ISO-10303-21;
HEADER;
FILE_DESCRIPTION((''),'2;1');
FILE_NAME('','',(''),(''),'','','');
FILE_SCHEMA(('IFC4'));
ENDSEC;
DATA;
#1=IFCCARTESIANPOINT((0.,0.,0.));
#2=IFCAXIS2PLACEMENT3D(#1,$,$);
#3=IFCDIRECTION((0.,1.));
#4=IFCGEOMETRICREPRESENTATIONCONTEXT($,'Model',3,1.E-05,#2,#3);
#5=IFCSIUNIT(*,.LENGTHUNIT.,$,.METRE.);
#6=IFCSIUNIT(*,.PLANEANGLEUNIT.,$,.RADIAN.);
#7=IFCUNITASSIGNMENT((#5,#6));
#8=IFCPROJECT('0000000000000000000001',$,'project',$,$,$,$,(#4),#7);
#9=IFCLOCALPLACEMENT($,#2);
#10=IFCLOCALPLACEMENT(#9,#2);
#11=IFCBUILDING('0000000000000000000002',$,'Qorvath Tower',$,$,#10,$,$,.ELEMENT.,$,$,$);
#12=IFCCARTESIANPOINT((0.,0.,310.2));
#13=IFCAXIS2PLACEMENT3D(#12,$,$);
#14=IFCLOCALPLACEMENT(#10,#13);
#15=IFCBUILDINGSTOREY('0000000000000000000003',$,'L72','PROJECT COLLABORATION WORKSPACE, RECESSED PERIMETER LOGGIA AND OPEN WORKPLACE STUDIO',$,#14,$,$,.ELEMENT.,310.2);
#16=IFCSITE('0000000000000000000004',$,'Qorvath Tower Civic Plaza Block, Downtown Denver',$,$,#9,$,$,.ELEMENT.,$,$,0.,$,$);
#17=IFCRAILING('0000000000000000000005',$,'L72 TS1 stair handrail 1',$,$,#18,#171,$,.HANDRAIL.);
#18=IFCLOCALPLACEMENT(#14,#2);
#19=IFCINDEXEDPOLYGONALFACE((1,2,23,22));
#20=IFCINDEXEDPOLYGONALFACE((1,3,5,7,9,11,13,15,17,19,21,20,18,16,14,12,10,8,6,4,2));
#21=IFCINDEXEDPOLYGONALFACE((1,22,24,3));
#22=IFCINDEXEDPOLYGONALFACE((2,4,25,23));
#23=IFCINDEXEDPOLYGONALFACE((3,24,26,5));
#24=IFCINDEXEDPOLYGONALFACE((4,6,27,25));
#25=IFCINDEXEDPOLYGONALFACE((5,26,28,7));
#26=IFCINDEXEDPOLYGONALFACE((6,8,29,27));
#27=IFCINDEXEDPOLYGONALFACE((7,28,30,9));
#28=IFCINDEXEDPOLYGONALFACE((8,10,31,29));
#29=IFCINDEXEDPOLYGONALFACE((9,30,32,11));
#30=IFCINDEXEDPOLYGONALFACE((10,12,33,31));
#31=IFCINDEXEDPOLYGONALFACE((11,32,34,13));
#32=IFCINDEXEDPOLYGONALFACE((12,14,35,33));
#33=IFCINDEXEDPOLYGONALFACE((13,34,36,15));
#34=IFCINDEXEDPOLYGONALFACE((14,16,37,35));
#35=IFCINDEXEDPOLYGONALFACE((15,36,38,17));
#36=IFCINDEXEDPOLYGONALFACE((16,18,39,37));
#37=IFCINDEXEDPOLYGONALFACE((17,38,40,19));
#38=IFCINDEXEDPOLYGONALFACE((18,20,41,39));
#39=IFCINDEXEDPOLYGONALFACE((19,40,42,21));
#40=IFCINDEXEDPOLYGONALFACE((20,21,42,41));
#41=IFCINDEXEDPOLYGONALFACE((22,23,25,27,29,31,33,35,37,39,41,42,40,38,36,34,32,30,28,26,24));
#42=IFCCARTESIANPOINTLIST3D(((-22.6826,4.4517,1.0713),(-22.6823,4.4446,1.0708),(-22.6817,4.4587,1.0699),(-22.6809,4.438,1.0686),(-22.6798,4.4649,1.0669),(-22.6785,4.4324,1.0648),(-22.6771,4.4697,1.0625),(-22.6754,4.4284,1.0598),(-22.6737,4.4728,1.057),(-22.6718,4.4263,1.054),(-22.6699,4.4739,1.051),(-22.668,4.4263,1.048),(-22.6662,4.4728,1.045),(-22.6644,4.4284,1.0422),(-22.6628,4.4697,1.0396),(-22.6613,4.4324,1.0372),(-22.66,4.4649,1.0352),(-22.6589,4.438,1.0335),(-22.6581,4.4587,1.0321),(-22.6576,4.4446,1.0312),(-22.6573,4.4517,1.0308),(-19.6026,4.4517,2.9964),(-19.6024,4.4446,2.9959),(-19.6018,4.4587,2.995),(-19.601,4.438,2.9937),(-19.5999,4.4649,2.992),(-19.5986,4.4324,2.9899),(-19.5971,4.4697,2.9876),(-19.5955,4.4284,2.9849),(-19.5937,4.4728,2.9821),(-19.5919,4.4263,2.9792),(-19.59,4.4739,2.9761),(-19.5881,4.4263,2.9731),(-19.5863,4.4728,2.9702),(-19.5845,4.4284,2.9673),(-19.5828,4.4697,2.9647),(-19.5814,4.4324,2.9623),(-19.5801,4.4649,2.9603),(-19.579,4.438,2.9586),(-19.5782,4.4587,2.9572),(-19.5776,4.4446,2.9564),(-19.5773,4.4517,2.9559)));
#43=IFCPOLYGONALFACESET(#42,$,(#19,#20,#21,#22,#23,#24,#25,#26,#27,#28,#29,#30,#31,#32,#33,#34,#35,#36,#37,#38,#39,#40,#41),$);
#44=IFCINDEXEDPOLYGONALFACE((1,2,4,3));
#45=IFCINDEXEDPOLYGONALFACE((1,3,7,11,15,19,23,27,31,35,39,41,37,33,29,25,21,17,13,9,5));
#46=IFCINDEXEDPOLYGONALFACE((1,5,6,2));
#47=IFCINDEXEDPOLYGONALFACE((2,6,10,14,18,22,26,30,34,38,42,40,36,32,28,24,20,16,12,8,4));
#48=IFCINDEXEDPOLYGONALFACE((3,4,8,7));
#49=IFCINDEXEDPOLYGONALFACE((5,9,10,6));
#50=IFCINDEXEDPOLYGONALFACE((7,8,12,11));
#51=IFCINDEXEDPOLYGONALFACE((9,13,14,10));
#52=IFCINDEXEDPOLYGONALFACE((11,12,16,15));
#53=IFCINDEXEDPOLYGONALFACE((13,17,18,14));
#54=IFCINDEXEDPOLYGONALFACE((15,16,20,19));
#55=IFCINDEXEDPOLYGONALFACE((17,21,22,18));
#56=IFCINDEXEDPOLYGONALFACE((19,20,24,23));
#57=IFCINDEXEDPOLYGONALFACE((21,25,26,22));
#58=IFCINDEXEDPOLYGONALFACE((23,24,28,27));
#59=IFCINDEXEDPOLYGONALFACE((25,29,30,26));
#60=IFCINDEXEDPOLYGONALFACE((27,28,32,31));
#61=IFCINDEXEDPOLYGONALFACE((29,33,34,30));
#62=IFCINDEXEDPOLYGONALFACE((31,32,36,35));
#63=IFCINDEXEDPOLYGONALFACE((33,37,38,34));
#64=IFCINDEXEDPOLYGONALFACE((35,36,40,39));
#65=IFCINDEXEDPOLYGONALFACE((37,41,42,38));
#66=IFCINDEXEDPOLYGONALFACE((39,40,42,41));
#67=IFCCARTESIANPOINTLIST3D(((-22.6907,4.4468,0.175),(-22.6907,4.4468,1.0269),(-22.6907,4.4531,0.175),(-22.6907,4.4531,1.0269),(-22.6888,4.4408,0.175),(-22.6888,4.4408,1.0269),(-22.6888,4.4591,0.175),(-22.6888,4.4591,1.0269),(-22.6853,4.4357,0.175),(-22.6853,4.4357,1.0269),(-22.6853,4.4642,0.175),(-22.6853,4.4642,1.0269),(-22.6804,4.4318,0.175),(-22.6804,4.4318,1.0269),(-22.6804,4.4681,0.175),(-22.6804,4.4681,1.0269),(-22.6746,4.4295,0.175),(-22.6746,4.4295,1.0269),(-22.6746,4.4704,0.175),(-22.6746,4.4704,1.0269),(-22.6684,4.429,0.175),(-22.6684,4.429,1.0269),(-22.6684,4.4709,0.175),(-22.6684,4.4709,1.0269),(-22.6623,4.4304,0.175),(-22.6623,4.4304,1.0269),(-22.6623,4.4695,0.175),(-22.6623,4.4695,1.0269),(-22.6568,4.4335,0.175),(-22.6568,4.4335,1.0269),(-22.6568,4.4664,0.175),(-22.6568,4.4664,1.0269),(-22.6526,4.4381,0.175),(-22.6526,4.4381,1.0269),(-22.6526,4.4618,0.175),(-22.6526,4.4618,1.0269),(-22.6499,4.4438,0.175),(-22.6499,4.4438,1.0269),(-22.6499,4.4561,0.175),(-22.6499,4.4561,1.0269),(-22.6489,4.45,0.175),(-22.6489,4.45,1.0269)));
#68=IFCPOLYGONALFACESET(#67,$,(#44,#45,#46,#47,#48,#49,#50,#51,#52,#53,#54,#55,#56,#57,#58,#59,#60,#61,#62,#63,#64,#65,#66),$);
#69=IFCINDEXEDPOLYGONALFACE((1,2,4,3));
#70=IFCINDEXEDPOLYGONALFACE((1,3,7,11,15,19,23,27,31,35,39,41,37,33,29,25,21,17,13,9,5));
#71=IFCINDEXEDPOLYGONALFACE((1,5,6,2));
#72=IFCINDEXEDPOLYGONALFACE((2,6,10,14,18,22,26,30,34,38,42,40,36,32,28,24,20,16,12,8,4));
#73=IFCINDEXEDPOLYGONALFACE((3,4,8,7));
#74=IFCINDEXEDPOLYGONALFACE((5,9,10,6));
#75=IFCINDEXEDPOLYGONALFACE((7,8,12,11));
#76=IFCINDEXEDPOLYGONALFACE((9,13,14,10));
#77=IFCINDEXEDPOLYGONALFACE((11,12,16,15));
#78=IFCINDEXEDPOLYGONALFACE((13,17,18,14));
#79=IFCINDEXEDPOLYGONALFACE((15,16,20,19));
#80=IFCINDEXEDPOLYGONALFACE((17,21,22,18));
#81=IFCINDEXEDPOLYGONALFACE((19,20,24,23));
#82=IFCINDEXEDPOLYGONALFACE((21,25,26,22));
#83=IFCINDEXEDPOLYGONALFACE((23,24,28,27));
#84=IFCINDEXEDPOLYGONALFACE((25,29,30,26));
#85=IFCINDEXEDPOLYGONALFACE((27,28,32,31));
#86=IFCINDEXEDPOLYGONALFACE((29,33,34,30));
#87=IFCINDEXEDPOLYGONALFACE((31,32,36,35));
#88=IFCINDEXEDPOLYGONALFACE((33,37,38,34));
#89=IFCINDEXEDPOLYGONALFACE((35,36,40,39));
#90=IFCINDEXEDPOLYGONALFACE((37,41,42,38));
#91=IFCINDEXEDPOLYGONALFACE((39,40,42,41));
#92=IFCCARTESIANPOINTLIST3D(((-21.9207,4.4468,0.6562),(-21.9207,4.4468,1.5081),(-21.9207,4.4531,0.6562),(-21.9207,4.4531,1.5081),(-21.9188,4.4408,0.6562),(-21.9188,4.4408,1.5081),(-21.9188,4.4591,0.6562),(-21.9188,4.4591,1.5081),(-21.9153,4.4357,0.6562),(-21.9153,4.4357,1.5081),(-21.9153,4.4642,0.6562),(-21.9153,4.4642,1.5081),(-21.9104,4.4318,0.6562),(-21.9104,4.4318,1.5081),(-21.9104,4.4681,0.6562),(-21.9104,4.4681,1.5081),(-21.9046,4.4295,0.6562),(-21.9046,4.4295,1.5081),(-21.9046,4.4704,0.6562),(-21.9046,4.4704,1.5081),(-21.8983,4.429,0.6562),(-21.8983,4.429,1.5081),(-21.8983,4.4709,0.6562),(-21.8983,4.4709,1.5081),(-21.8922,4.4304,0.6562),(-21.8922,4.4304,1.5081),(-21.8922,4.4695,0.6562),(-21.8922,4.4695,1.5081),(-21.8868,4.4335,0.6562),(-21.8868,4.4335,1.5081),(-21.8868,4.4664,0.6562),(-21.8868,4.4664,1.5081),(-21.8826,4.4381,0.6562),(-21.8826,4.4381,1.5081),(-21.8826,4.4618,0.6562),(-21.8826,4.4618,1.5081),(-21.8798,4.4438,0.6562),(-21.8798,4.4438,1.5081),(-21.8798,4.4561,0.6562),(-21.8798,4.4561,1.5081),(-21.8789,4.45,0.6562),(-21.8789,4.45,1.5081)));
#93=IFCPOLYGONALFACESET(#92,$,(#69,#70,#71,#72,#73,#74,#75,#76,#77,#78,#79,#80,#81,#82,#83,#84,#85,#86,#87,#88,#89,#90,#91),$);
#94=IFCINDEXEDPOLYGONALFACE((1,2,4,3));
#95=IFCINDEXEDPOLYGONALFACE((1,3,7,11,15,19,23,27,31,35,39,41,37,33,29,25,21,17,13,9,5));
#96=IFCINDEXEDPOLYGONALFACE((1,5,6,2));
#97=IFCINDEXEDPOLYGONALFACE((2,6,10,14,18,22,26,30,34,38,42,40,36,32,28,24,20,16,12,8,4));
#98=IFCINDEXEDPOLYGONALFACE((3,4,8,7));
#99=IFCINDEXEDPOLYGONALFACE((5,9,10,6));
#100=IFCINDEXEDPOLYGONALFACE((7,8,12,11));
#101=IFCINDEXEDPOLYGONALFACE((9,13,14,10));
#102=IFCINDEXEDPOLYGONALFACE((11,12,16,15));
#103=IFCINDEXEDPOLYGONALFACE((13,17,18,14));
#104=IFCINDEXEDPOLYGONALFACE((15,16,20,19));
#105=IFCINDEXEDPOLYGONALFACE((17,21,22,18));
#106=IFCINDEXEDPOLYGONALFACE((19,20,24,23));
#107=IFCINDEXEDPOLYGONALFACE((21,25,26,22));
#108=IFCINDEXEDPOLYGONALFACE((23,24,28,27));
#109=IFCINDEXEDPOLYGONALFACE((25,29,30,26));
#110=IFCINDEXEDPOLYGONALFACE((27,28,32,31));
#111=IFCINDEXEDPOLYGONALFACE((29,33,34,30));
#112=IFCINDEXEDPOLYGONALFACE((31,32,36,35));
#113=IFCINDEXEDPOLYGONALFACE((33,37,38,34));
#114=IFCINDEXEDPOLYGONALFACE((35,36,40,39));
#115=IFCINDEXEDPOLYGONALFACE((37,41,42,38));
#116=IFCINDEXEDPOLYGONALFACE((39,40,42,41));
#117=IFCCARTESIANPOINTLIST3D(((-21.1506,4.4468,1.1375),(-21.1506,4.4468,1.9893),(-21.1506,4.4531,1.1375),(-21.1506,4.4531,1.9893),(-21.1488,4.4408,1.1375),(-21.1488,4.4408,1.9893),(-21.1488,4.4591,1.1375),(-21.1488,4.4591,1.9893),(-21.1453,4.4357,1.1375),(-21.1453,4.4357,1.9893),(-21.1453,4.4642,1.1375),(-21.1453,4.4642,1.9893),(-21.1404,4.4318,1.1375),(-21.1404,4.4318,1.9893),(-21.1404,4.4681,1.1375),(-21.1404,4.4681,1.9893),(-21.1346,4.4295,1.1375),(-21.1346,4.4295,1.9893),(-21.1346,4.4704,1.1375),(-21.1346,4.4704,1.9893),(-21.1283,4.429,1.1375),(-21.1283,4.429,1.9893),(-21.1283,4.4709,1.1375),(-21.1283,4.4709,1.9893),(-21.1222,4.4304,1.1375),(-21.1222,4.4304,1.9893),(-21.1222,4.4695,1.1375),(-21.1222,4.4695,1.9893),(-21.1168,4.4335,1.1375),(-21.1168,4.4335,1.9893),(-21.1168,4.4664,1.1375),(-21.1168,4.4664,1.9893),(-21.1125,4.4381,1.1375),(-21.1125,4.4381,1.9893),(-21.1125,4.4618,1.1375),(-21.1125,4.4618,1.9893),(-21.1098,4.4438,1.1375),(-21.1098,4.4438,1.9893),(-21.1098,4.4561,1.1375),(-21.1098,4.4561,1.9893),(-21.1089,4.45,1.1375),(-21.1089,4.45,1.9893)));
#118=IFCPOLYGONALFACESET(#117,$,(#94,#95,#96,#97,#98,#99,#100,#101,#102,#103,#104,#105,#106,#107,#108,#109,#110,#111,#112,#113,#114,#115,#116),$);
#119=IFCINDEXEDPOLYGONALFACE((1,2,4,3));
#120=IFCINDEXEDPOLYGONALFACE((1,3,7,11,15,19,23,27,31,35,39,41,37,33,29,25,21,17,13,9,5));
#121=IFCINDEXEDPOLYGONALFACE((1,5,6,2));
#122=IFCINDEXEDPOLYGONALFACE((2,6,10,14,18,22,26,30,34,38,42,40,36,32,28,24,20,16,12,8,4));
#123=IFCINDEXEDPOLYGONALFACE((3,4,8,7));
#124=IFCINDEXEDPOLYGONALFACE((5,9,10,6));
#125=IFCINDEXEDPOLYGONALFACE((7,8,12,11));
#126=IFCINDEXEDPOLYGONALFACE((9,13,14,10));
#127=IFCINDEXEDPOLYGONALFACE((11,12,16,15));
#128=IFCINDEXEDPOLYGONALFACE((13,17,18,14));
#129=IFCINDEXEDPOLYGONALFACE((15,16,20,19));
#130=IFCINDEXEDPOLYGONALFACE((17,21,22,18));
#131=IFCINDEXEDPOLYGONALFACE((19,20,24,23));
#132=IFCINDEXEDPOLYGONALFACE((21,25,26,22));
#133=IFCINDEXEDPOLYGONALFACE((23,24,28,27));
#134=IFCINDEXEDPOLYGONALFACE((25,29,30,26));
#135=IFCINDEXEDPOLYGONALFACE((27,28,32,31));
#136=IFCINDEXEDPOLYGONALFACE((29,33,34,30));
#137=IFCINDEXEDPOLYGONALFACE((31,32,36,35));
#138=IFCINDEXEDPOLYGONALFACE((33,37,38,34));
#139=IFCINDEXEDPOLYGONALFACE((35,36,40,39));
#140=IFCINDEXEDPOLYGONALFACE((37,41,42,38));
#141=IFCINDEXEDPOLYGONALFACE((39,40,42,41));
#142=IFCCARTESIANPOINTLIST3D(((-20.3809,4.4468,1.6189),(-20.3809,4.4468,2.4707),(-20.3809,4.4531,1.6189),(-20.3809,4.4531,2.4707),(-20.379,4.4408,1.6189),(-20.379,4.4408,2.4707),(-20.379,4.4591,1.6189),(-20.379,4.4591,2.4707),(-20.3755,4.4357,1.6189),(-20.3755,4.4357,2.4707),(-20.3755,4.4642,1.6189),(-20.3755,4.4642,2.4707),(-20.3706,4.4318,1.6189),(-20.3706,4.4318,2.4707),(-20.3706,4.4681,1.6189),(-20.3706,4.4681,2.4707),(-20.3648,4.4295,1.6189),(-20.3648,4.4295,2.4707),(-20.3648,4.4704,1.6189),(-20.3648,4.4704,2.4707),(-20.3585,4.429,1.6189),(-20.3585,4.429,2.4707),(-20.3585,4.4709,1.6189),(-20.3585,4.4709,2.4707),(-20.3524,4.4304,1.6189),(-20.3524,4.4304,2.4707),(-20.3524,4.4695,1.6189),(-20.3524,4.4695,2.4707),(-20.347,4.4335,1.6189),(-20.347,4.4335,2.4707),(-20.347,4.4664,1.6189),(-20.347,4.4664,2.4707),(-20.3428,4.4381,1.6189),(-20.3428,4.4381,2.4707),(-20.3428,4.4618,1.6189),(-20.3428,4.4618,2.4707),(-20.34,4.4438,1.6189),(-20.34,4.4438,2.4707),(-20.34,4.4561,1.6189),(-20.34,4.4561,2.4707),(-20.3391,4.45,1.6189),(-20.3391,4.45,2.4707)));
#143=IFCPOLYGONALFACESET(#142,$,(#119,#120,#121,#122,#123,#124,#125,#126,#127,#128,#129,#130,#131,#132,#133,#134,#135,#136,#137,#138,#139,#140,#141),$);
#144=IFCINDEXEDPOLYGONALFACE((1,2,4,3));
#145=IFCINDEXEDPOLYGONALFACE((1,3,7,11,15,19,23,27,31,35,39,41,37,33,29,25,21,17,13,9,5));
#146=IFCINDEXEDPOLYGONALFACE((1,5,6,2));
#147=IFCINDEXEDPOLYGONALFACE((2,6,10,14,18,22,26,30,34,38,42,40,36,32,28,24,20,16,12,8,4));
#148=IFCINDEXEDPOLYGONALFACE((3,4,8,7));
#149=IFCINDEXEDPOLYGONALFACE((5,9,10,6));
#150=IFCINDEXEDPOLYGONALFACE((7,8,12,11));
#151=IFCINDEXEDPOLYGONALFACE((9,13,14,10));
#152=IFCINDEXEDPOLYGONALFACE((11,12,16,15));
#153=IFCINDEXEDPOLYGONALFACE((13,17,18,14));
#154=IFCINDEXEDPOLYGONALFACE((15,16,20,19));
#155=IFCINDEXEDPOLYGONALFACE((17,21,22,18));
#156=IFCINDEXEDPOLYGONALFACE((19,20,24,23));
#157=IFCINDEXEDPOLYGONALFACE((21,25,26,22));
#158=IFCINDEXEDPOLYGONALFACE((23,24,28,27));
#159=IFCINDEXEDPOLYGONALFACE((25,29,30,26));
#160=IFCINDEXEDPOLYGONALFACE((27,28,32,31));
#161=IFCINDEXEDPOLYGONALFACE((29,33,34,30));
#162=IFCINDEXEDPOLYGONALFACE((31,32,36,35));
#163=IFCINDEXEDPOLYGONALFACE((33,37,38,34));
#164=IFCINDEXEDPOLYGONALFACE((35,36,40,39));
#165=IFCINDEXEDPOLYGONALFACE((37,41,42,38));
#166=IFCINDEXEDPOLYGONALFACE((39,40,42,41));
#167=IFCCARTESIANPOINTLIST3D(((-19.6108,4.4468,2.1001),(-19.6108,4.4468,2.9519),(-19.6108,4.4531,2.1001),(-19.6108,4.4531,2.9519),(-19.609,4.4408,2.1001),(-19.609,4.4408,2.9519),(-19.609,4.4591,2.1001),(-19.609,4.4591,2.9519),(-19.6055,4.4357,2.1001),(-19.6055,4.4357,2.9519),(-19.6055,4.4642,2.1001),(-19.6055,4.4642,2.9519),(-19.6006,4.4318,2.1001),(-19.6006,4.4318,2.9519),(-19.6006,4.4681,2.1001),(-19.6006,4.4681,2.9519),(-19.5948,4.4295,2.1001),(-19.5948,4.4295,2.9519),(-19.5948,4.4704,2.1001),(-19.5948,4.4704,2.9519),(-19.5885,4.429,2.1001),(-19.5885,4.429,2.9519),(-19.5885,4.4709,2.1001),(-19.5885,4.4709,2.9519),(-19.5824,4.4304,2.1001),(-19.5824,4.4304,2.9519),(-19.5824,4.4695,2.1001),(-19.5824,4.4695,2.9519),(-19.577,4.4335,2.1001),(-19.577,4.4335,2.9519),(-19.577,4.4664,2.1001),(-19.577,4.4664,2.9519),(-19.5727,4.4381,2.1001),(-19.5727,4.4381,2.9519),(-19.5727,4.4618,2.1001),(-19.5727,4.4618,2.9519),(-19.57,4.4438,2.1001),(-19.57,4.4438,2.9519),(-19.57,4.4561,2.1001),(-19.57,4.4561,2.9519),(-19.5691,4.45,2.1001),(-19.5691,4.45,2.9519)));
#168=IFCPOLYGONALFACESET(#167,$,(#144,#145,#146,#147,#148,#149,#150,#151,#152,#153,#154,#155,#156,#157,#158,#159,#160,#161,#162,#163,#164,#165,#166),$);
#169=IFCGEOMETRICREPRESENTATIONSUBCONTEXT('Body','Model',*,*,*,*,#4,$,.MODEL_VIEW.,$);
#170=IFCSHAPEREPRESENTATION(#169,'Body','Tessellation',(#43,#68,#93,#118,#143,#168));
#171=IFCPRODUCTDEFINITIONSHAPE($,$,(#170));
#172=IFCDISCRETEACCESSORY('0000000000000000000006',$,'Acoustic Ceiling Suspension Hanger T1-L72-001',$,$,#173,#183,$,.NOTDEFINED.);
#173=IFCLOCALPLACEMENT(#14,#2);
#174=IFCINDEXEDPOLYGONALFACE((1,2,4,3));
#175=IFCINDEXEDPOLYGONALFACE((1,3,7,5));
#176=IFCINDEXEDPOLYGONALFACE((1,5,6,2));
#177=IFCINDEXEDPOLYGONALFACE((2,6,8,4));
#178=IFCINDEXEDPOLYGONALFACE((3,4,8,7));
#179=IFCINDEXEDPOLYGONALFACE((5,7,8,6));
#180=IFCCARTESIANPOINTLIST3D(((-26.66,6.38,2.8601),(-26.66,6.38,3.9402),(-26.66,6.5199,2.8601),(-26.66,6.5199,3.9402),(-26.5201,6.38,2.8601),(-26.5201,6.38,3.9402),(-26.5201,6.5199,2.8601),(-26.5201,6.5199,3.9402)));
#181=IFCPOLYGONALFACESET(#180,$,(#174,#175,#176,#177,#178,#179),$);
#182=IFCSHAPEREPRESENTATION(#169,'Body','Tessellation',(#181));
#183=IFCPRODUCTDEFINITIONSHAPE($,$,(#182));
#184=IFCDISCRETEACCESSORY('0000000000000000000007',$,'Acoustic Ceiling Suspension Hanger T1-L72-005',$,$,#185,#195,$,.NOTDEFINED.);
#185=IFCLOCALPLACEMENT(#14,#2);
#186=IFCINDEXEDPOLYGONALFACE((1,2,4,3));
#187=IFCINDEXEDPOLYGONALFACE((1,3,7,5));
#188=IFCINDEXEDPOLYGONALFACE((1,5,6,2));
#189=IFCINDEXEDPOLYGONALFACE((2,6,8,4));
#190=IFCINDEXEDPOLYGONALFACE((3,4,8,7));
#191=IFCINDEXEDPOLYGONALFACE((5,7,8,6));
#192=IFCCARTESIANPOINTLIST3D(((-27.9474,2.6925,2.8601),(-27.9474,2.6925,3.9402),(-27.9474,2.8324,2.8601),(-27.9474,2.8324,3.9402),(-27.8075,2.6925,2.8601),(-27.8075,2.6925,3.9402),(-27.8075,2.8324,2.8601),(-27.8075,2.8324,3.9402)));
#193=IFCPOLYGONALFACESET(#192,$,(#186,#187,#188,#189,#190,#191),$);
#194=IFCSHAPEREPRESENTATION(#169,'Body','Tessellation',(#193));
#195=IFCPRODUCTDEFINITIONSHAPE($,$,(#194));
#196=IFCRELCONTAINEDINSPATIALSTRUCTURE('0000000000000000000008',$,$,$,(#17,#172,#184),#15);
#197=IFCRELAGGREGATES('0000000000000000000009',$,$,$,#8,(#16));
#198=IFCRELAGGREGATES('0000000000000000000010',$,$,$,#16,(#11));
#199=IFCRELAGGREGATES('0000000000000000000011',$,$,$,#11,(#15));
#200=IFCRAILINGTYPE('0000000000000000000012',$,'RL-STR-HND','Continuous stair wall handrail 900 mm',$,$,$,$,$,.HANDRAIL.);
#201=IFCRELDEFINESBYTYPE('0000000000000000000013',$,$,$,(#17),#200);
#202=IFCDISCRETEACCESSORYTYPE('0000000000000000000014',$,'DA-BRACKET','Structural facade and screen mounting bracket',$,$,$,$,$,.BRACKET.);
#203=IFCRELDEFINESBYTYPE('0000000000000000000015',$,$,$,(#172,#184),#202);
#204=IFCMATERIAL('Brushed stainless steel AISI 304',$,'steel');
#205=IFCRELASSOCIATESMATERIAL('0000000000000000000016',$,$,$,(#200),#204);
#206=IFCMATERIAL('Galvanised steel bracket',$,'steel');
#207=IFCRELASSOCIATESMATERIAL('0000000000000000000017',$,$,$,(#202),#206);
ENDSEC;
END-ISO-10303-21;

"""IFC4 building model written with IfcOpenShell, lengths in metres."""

from ifc_helpers import new_model, si_unit, direction, frame, origin, origin_2d, place, context, subcontext, project, spatial, rectangle, circle, extrude, material, type_object, element, save


model = new_model("IFC4")

# Units and contexts
model_context = context("Model", 3, precision=1e-05, world=origin(), true_north=direction((0.0, 1.0)))
body_context = subcontext(model_context, "Body", "Model", "MODEL_VIEW")
ifc_project = project(units=[si_unit("LENGTHUNIT", "METRE"), si_unit("PLANEANGLEUNIT", "RADIAN")], contexts=[model_context])

# Site, building, storey
site_placement = place(None, origin())
site = spatial("IfcSite", under=ifc_project, at=site_placement, Name="Qorvath Tower Civic Plaza Block, Downtown Denver", CompositionType="ELEMENT", RefElevation=0.0)
building_placement = place(site_placement, origin())
building = spatial("IfcBuilding", under=site, at=building_placement, Name="Qorvath Tower", CompositionType="ELEMENT")
storey_placement = place(building_placement, frame((0.0, 0.0, 310.2)))
storey = spatial("IfcBuildingStorey", under=building, at=storey_placement, Name="L72", Description="PROJECT COLLABORATION WORKSPACE, RECESSED PERIMETER LOGGIA AND OPEN WORKPLACE STUDIO", CompositionType="ELEMENT", Elevation=310.2)

# Railing
ifc_material_1 = material(Name="Brushed stainless steel AISI 304", Category="steel")
railing_type_1 = type_object("IfcRailingType", Name="RL-STR-HND", Description="Continuous stair wall handrail 900 mm", PredefinedType="HANDRAIL", material=ifc_material_1)
railing_1_placement = place(storey_placement, frame((-22.6699, 4.45, 0.175)))
element("IfcRailing", 1, at=railing_1_placement, inside=storey, type_object=railing_type_1, Name="L72 TS1 stair handrail 1", PredefinedType="HANDRAIL", context=body_context, shape_type="SweptSolid", body=[
    extrude(circle(Radius=0.0239, at=origin_2d()), frame((0.0, 0.0, 0.876), z_axis=(0.847979, 0.0, 0.530029), x_axis=(0.0, 1.0, 0.0)), (0.0, 0.0, 1.0), 3.6321),
    extrude(circle(Radius=0.021, at=origin_2d()), origin(), (0.0, 0.0, 1.0), 0.8518),
    extrude(circle(Radius=0.021, at=origin_2d()), frame((0.77, 0.0, 0.4812)), (0.0, 0.0, 1.0), 0.8518),
    extrude(circle(Radius=0.021, at=origin_2d()), frame((1.54, 0.0, 0.9624)), (0.0, 0.0, 1.0), 0.8518),
    extrude(circle(Radius=0.021, at=origin_2d()), frame((2.3098, 0.0, 1.4438)), (0.0, 0.0, 1.0), 0.8518),
    extrude(circle(Radius=0.021, at=origin_2d()), frame((3.0798, 0.0, 1.925)), (0.0, 0.0, 1.0), 0.8518),
])

# Discrete accessories
ifc_material_2 = material(Name="Galvanised steel bracket", Category="steel")
discrete_accessory_type = type_object("IfcDiscreteAccessoryType", Name="DA-BRACKET", Description="Structural facade and screen mounting bracket", PredefinedType="BRACKET", material=ifc_material_2)
for number, where, z_axis, x_axis, name in (
    (2, (-26.5901, 6.45, 2.8601), (0.0, 0.0, 1.0), (1.0, 0.0, 0.0), "Acoustic Ceiling Suspension Hanger T1-L72-001"),
    (3, (-27.8774, 2.7625, 2.8601), (0.0, 0.0, 1.0), (1.0, 0.0, 0.0), "Acoustic Ceiling Suspension Hanger T1-L72-005"),
):
    element("IfcDiscreteAccessory", number, at=place(storey_placement, frame(where, z_axis=z_axis, x_axis=x_axis)), inside=storey, type_object=discrete_accessory_type, Name=name, PredefinedType="NOTDEFINED", context=body_context, shape_type="SweptSolid", body=[
        extrude(rectangle(XDim=0.1399, YDim=0.1399, at=origin_2d()), origin(), (0.0, 0.0, 1.0), 1.0801),
    ])

save(model, "model.ifc")
